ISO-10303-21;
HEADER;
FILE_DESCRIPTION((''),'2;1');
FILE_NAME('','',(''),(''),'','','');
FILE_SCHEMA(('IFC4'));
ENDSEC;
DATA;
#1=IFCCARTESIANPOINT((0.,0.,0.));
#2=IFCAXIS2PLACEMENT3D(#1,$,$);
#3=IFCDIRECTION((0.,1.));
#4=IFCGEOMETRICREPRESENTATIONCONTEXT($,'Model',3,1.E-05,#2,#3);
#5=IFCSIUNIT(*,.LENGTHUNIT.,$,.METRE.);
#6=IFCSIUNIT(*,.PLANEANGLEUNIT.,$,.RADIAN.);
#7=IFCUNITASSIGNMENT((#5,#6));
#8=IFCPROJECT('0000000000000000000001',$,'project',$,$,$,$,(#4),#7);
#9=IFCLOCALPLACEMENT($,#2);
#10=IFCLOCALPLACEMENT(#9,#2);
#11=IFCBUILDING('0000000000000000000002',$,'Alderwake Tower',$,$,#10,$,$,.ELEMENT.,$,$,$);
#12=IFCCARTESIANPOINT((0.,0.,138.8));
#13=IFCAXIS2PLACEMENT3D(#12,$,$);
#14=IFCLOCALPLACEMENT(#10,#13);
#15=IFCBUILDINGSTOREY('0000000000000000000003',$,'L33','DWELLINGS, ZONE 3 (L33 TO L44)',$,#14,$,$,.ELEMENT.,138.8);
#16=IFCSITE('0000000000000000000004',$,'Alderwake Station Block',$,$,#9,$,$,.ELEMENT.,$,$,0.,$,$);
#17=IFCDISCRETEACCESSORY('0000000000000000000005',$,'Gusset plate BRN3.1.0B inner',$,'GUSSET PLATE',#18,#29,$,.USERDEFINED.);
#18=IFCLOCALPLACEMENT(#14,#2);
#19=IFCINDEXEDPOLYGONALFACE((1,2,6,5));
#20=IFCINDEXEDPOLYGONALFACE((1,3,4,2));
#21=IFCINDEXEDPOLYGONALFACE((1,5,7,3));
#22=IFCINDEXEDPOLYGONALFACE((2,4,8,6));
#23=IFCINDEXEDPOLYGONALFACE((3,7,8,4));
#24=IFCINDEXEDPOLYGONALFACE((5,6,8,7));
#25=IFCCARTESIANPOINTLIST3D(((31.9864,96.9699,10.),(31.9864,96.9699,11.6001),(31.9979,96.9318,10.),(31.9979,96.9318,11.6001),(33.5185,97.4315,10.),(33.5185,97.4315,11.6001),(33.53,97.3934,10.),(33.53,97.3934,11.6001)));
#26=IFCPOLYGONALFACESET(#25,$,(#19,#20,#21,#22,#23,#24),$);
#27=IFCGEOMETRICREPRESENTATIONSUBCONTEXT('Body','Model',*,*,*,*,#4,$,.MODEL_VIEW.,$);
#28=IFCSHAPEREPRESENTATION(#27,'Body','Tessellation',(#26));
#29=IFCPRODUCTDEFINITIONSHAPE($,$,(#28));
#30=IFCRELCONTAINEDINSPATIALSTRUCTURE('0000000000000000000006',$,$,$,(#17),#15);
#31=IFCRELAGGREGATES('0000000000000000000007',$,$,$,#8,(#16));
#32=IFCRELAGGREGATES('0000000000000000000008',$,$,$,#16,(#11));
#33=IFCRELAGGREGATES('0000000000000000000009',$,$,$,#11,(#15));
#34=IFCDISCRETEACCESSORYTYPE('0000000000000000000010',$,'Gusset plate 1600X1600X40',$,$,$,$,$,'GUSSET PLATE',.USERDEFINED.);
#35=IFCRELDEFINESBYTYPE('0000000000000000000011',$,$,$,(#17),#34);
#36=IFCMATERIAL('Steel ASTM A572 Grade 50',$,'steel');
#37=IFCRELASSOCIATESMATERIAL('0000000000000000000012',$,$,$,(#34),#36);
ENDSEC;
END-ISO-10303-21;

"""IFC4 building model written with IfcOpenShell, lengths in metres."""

from ifc_helpers import new_model, si_unit, direction, frame, origin, origin_2d, place, context, subcontext, project, spatial, rectangle, extrude, material, material_profile, profile_set, type_object, element, save


model = new_model("IFC4")

# Units and contexts
model_context = context("Model", 3, precision=1e-05, world=origin(), true_north=direction((0.0, 1.0)))
body_context = subcontext(model_context, "Body", "Model", "MODEL_VIEW")
ifc_project = project(units=[si_unit("LENGTHUNIT", "METRE"), si_unit("PLANEANGLEUNIT", "RADIAN")], contexts=[model_context])

# Site, building, storey
site_placement = place(None, origin())
site = spatial("IfcSite", under=ifc_project, at=site_placement, Name="Alderwake Station Block", CompositionType="ELEMENT", RefElevation=0.0)
building_placement = place(site_placement, origin())
building = spatial("IfcBuilding", under=site, at=building_placement, Name="Alderwake Tower", CompositionType="ELEMENT")
storey_placement = place(building_placement, frame((0.0, 0.0, 138.8)))
storey = spatial("IfcBuildingStorey", under=building, at=storey_placement, Name="L33", Description="DWELLINGS, ZONE 3 (L33 TO L44)", CompositionType="ELEMENT", Elevation=138.8)

# Discrete accessory
ifc_material_1 = material(Name="Steel ASTM A572 Grade 50", Category="steel")
ifc_material_profile_1 = material_profile(ifc_material_1, rectangle(XDim=1.6001, YDim=1.6001, at=origin_2d()), Name="gusset 1600X1600")
ifc_profile_set_1 = profile_set([ifc_material_profile_1], Name="Steel ASTM A572 Grade 50")
discrete_accessory_type_1 = type_object("IfcDiscreteAccessoryType", Name="Gusset plate 1600X1600X40", ElementType="GUSSET PLATE", PredefinedType="USERDEFINED", material=ifc_profile_set_1)
discrete_accessory_1_placement = place(storey_placement, frame((32.7524, 97.2007, 10.8), z_axis=(0.288474, -0.957488, 0.0), x_axis=(0.957488, 0.288474, 0.0)))
element("IfcDiscreteAccessory", 1, at=discrete_accessory_1_placement, inside=storey, type_object=discrete_accessory_type_1, Name="Gusset plate BRN3.1.0B inner", ObjectType="GUSSET PLATE", PredefinedType="USERDEFINED", context=body_context, shape_type="SweptSolid", body=[
    extrude(rectangle(XDim=1.6001, YDim=1.6001, at=origin_2d()), origin(), (0.0, 0.0, 1.0), 0.0398),
])

save(model, "model.ifc")
